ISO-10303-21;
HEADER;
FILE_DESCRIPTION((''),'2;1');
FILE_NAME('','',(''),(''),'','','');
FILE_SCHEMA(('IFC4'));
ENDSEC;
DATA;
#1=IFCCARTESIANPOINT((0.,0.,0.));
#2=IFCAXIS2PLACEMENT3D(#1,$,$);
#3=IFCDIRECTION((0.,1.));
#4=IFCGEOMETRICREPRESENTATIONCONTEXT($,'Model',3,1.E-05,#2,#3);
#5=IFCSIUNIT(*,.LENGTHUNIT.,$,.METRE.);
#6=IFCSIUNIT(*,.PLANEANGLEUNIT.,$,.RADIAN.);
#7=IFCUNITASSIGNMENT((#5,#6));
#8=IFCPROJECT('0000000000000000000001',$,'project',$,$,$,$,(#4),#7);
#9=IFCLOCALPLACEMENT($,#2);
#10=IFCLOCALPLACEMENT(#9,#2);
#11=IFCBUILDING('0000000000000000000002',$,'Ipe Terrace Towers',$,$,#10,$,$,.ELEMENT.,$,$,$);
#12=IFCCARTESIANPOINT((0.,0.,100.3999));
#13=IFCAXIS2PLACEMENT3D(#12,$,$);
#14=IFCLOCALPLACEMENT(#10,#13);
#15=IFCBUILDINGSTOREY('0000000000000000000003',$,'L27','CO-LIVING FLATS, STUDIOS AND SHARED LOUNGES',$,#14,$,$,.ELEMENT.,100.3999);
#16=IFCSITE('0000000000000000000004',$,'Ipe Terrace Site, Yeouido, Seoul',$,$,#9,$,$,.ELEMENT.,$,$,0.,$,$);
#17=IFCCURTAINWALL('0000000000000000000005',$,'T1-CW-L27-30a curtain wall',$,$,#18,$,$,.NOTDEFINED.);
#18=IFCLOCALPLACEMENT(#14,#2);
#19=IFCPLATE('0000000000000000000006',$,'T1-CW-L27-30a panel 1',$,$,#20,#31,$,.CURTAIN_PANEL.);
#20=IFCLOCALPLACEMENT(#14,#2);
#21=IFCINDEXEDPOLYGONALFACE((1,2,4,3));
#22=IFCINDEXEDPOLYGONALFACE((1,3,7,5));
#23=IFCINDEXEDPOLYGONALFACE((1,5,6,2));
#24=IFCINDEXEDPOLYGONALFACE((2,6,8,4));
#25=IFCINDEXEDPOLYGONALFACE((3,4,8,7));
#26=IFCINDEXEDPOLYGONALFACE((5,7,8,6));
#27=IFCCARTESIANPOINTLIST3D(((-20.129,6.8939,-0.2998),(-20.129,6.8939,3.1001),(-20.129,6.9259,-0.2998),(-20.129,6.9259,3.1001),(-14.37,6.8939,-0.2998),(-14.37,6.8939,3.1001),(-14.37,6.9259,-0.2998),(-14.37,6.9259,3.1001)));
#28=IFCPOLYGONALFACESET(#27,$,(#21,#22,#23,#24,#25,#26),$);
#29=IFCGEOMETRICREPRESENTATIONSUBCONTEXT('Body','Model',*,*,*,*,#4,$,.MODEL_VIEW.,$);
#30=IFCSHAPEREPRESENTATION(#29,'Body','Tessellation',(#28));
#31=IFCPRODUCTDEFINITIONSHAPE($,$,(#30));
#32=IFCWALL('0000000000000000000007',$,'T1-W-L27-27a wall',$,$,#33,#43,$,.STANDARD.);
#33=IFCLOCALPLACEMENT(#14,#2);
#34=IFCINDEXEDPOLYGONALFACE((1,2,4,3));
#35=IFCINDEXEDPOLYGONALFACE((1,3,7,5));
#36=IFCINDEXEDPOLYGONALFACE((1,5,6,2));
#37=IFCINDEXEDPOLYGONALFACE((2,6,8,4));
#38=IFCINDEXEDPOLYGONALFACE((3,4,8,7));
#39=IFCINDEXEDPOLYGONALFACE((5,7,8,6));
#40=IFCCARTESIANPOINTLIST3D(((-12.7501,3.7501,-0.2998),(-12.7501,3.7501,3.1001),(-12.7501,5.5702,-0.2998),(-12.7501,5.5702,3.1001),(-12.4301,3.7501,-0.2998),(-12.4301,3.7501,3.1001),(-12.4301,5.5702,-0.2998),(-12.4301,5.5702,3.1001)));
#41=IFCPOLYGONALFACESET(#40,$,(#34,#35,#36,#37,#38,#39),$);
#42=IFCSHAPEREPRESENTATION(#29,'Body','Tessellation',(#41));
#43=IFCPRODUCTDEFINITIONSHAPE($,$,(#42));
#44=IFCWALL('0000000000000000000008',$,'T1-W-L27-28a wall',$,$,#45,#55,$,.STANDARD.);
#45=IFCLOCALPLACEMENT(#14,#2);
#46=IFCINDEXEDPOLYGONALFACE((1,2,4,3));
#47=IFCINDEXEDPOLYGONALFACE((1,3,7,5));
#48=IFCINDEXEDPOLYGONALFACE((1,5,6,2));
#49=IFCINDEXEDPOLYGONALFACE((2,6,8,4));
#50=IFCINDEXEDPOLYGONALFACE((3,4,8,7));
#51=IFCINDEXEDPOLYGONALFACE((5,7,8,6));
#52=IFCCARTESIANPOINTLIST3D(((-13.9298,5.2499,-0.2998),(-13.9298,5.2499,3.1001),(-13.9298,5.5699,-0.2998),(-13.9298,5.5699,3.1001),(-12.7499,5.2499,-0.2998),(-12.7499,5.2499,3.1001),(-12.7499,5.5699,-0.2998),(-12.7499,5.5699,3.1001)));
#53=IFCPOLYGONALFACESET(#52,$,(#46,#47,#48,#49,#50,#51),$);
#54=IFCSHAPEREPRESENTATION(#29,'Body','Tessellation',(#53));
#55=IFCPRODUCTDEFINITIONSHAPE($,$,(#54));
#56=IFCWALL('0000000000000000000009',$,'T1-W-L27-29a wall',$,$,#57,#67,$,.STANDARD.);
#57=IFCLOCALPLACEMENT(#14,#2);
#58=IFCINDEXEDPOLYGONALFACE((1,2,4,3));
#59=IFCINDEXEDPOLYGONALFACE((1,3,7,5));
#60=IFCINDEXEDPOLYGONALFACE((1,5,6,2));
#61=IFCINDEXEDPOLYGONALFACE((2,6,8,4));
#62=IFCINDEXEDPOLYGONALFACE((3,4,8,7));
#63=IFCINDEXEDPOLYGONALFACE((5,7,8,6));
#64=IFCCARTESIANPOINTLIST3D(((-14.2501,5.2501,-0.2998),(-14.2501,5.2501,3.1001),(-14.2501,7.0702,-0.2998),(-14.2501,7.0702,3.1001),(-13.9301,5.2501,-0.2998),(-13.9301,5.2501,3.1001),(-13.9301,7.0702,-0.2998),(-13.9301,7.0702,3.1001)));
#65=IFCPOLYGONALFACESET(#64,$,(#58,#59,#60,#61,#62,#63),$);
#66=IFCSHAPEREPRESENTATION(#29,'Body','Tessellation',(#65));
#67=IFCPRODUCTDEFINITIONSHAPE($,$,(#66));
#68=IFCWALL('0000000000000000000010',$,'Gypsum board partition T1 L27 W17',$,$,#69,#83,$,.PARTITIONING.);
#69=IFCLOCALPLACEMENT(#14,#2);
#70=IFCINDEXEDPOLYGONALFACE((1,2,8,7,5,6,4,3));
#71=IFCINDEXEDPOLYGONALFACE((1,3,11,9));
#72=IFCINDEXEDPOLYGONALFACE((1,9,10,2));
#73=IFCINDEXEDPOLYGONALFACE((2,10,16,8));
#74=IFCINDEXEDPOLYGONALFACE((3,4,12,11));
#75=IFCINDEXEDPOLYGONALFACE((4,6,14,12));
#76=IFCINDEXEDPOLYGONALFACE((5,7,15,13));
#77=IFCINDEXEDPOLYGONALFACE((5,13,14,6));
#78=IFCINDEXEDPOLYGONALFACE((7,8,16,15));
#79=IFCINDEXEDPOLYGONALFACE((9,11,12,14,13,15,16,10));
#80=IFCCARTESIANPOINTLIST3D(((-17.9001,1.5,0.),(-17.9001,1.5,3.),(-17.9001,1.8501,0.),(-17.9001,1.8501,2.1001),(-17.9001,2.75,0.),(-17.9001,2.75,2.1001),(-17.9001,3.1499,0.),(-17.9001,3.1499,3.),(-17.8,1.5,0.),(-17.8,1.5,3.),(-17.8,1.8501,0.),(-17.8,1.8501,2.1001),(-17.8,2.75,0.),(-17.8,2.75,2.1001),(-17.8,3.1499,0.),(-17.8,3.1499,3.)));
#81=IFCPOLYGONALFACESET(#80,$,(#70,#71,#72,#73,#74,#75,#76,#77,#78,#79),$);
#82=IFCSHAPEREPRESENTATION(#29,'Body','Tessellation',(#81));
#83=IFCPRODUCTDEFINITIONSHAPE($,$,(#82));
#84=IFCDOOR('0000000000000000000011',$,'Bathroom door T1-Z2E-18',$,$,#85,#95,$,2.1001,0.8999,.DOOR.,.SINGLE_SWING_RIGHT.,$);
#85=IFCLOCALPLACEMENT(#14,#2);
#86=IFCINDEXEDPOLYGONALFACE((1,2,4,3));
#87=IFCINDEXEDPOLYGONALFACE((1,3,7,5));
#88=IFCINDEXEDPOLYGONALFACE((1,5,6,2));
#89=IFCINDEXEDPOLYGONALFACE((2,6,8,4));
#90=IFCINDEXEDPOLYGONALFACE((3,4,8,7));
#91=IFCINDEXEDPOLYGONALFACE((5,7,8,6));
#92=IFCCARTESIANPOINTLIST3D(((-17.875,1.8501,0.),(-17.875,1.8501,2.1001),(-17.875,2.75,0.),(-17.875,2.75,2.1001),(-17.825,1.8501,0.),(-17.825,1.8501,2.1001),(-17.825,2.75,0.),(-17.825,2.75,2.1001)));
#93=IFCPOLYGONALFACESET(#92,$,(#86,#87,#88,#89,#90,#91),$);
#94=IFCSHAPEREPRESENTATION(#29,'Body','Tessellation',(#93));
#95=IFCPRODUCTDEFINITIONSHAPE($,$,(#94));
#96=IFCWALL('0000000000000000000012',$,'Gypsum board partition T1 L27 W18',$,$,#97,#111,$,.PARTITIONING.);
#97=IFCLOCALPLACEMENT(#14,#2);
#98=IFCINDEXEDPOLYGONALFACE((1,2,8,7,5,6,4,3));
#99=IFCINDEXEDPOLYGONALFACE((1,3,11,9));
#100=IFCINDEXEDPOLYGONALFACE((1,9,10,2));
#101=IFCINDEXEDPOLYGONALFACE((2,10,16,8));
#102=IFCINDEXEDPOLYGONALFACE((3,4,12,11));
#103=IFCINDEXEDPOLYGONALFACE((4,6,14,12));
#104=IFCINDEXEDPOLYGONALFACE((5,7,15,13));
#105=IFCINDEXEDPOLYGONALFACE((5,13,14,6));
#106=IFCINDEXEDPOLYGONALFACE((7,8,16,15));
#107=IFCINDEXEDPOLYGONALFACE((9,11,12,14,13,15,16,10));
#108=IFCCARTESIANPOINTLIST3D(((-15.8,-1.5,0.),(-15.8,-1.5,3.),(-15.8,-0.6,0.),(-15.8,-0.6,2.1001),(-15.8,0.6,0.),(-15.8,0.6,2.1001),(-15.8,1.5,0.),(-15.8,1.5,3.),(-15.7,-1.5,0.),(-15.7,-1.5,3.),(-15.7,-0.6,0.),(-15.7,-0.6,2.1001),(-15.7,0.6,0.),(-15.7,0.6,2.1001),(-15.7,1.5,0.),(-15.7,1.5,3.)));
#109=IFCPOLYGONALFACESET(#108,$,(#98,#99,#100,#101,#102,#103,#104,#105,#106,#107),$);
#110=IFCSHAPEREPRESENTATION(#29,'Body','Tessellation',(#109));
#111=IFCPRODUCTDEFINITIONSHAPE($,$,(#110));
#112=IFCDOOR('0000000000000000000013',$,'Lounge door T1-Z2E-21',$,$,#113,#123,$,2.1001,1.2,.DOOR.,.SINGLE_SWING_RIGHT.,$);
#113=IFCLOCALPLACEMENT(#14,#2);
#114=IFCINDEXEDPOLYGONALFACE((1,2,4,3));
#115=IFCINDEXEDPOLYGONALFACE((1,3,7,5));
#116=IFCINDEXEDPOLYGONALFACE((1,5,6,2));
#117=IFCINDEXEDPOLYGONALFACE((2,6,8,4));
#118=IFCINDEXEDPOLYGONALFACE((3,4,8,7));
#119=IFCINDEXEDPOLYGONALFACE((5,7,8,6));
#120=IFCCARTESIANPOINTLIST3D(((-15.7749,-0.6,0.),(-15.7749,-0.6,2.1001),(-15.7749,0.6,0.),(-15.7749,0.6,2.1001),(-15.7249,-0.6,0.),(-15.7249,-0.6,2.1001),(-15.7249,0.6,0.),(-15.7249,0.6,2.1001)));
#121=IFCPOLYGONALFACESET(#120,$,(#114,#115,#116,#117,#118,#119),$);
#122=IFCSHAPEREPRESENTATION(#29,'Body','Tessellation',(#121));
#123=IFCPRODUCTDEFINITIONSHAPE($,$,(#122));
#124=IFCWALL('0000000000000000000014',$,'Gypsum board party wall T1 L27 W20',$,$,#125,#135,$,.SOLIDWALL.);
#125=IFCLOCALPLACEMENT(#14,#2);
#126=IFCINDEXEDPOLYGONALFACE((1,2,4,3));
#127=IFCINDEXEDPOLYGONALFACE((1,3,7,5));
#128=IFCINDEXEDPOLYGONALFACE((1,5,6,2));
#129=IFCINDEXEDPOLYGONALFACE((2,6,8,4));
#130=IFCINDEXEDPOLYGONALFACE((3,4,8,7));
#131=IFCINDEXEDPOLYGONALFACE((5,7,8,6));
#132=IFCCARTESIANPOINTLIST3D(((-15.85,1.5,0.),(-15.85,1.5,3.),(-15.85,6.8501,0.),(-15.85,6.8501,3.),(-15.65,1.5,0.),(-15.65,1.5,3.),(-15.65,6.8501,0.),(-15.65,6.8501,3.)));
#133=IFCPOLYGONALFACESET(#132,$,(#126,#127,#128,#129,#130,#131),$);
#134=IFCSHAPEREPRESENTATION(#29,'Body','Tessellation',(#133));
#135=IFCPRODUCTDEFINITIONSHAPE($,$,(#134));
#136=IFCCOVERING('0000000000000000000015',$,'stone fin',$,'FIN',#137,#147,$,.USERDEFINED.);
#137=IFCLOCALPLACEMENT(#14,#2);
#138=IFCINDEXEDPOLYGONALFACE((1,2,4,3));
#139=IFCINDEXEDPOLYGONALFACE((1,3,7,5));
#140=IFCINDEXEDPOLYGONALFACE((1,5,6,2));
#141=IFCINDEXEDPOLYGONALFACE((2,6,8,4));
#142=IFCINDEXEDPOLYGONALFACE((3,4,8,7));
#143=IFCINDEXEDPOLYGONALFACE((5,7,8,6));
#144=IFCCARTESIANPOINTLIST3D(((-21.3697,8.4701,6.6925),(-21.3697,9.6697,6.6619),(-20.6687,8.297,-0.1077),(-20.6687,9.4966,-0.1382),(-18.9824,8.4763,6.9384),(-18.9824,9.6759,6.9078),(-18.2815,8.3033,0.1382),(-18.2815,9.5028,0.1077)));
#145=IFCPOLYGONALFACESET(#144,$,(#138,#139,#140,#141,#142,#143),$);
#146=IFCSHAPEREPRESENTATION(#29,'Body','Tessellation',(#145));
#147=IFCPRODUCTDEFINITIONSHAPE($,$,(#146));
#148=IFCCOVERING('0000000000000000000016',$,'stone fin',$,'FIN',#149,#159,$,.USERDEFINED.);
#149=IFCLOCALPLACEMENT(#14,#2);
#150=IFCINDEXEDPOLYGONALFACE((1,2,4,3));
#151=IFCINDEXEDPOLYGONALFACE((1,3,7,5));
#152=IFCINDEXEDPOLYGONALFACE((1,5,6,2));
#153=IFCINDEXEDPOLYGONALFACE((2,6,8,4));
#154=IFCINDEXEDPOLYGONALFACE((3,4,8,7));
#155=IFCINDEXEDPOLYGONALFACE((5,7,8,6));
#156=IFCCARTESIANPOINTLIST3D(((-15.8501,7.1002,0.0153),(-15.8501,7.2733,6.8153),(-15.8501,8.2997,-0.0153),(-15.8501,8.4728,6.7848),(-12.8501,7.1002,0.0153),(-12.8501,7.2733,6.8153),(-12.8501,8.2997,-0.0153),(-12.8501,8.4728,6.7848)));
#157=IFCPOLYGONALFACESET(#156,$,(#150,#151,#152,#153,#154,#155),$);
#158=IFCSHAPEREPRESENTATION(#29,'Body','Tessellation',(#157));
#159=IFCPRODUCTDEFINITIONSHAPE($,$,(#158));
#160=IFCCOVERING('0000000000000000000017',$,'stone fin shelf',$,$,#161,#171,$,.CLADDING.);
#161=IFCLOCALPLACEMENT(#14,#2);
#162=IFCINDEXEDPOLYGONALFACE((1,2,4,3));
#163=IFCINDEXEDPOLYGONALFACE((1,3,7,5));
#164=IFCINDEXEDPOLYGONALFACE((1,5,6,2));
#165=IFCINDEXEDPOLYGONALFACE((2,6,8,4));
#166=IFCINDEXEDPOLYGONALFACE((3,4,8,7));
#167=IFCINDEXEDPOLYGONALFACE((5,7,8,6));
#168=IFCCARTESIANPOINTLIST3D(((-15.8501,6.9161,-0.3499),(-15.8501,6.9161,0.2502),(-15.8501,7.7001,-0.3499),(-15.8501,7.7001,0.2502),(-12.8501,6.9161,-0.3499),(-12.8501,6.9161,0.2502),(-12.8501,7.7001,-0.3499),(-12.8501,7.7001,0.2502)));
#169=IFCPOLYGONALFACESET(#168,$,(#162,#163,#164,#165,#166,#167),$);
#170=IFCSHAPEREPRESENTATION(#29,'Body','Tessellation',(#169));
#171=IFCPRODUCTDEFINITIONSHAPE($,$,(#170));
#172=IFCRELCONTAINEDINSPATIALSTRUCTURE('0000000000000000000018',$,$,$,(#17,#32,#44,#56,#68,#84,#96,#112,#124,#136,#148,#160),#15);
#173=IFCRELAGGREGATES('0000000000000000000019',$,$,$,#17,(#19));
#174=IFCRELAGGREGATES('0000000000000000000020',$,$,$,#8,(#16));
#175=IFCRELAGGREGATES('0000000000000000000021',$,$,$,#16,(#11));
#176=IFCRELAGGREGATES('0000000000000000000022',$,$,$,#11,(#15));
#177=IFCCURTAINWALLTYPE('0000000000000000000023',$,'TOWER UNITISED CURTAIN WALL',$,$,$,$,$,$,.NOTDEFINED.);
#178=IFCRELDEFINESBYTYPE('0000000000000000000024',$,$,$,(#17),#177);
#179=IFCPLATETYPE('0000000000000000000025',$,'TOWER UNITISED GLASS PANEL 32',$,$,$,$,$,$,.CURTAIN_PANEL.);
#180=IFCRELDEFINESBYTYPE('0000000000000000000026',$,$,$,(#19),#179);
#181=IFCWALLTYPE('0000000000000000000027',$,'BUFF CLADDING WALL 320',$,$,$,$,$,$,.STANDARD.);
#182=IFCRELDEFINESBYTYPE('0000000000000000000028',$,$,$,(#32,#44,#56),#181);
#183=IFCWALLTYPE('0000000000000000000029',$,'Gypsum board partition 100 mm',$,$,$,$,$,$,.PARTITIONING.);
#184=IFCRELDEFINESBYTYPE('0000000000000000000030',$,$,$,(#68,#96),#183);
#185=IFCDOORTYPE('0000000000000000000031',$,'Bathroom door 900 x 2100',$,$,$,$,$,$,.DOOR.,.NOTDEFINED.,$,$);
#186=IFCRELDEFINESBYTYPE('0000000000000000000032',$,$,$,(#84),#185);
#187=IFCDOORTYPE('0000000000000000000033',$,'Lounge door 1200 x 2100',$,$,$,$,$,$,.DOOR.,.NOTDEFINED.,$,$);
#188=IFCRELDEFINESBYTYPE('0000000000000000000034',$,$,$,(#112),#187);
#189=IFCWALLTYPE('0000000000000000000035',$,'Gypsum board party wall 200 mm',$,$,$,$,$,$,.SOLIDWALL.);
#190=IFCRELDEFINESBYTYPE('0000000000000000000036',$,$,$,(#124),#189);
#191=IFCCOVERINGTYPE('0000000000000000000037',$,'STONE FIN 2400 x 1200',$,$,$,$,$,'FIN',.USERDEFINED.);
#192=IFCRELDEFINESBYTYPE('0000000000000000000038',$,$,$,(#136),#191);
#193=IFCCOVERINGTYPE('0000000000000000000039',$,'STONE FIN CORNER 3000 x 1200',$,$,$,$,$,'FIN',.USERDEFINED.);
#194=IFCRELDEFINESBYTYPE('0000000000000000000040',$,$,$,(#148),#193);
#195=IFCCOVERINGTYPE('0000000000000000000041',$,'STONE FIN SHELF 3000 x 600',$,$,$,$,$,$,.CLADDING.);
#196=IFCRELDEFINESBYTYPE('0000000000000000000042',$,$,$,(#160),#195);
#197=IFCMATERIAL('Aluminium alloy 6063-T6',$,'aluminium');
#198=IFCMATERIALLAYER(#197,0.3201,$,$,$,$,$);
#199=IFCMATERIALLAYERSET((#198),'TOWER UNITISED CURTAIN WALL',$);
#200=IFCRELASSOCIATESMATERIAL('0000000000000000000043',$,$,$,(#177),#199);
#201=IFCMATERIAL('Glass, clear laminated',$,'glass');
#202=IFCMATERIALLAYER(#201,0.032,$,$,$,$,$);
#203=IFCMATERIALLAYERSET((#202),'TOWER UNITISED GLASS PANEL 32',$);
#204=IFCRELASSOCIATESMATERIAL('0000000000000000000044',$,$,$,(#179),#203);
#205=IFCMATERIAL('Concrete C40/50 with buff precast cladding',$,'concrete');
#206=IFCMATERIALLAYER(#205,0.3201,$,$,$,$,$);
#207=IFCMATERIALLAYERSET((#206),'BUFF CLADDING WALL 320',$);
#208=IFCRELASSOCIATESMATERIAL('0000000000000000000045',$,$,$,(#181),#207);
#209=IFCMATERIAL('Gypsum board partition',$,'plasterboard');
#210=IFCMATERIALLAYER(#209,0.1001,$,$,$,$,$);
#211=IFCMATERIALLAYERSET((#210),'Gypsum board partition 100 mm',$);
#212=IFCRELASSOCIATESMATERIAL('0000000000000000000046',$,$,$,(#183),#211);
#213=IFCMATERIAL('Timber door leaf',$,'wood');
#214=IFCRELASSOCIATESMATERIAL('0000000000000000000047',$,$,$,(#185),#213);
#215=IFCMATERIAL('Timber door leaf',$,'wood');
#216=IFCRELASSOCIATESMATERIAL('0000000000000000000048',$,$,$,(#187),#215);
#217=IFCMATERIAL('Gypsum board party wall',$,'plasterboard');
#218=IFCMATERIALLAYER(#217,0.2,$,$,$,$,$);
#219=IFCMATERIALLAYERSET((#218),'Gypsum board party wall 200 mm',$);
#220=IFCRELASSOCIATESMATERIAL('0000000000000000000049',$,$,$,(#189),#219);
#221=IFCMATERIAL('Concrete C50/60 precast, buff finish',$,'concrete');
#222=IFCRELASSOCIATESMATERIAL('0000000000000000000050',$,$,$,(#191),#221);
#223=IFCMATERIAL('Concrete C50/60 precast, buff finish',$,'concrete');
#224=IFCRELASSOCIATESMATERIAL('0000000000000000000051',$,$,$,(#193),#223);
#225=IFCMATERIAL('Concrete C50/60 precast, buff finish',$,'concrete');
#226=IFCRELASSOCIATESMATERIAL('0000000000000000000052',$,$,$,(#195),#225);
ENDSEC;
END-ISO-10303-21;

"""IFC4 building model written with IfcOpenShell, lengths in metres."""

from ifc_helpers import new_model, si_unit, direction, frame, frame_2d, origin, origin_2d, place, context, subcontext, project, spatial, rectangle, extrude, material, layer, layer_set, material_profile, profile_set, type_object, element, fill, aggregate, save


model = new_model("IFC4")

# Units and contexts
model_context = context("Model", 3, precision=1e-05, world=origin(), true_north=direction((0.0, 1.0)))
body_context = subcontext(model_context, "Body", "Model", "MODEL_VIEW")
ifc_project = project(units=[si_unit("LENGTHUNIT", "METRE"), si_unit("PLANEANGLEUNIT", "RADIAN")], contexts=[model_context])

# Site, building, storey
site_placement = place(None, origin())
site = spatial("IfcSite", under=ifc_project, at=site_placement, Name="Ipe Terrace Site, Yeouido, Seoul", CompositionType="ELEMENT", RefElevation=0.0)
building_placement = place(site_placement, origin())
building = spatial("IfcBuilding", under=site, at=building_placement, Name="Ipe Terrace Towers", CompositionType="ELEMENT")
storey_placement = place(building_placement, frame((0.0, 0.0, 100.3999)))
storey = spatial("IfcBuildingStorey", under=building, at=storey_placement, Name="L27", Description="CO-LIVING FLATS, STUDIOS AND SHARED LOUNGES", CompositionType="ELEMENT", Elevation=100.3999)

# Curtain wall
ifc_material_1 = material(Name="Aluminium alloy 6063-T6", Category="aluminium")
ifc_layer_1 = layer(ifc_material_1, 0.3201)
ifc_layer_set_1 = layer_set([ifc_layer_1], Name="TOWER UNITISED CURTAIN WALL")
curtain_wall_type = type_object("IfcCurtainWallType", Name="TOWER UNITISED CURTAIN WALL", PredefinedType="NOTDEFINED", material=ifc_layer_set_1)
curtain_wall_1_placement = place(storey_placement, origin())
curtain_wall_1 = element("IfcCurtainWall", 1, at=curtain_wall_1_placement, inside=storey, type_object=curtain_wall_type, Name="T1-CW-L27-30a curtain wall", PredefinedType="NOTDEFINED")

# Plate
ifc_material_2 = material(Name="Glass, clear laminated", Category="glass")
ifc_layer_2 = layer(ifc_material_2, 0.032)
ifc_layer_set_2 = layer_set([ifc_layer_2], Name="TOWER UNITISED GLASS PANEL 32")
plate_type = type_object("IfcPlateType", Name="TOWER UNITISED GLASS PANEL 32", PredefinedType="CURTAIN_PANEL", material=ifc_layer_set_2)
plate_placement = place(storey_placement, frame((-17.2495, 6.9099, -0.2998), z_axis=(0.0, 0.0, 1.0), x_axis=(-1.0, 0.0, 0.0)))
plate = element("IfcPlate", 2, at=plate_placement, type_object=plate_type, Name="T1-CW-L27-30a panel 1", PredefinedType="CURTAIN_PANEL", context=body_context, shape_type="SweptSolid", body=[
    extrude(rectangle(XDim=5.759, YDim=0.032, at=origin_2d()), origin(), (0.0, 0.0, 1.0), 3.3999),
])
aggregate(curtain_wall_1, [plate])

# Walls
ifc_material_3 = material(Name="Concrete C40/50 with buff precast cladding", Category="concrete")
ifc_layer_3 = layer(ifc_material_3, 0.3201)
ifc_layer_set_3 = layer_set([ifc_layer_3], Name="BUFF CLADDING WALL 320")
wall_type_1 = type_object("IfcWallType", Name="BUFF CLADDING WALL 320", PredefinedType="STANDARD", material=ifc_layer_set_3)
wall_1_placement = place(storey_placement, frame((-12.5901, 3.75, -0.2998), z_axis=(0.0, 0.0, 1.0), x_axis=(0.0, 1.0, 0.0)))
element("IfcWall", 3, at=wall_1_placement, inside=storey, type_object=wall_type_1, Name="T1-W-L27-27a wall", PredefinedType="STANDARD", context=body_context, shape_type="SweptSolid", body=[
    extrude(rectangle(XDim=1.8201, YDim=0.3201, at=frame_2d((0.9102, 0.0))), origin(), (0.0, 0.0, 1.0), 3.3999),
])
wall_2_placement = place(storey_placement, frame((-12.75, 5.4099, -0.2998), z_axis=(0.0, 0.0, 1.0), x_axis=(-1.0, 0.0, 0.0)))
element("IfcWall", 4, at=wall_2_placement, inside=storey, type_object=wall_type_1, Name="T1-W-L27-28a wall", PredefinedType="STANDARD", context=body_context, shape_type="SweptSolid", body=[
    extrude(rectangle(XDim=1.1799, YDim=0.3201, at=frame_2d((0.5898, 0.0))), origin(), (0.0, 0.0, 1.0), 3.3999),
])
wall_3_placement = place(storey_placement, frame((-14.0901, 5.25, -0.2998), z_axis=(0.0, 0.0, 1.0), x_axis=(0.0, 1.0, 0.0)))
element("IfcWall", 5, at=wall_3_placement, inside=storey, type_object=wall_type_1, Name="T1-W-L27-29a wall", PredefinedType="STANDARD", context=body_context, shape_type="SweptSolid", body=[
    extrude(rectangle(XDim=1.8201, YDim=0.3201, at=frame_2d((0.9102, 0.0))), origin(), (0.0, 0.0, 1.0), 3.3999),
])

# Walls, openings, doors
ifc_material_4 = material(Name="Gypsum board partition", Category="plasterboard")
ifc_layer_4 = layer(ifc_material_4, 0.1001)
ifc_layer_set_4 = layer_set([ifc_layer_4], Name="Gypsum board partition 100 mm")
wall_type_2 = type_object("IfcWallType", Name="Gypsum board partition 100 mm", PredefinedType="PARTITIONING", material=ifc_layer_set_4)
wall_4_placement = place(storey_placement, frame((-17.8501, 1.5, 0.0), z_axis=(0.0, 0.0, 1.0), x_axis=(0.0, 1.0, 0.0)))
wall_4 = element("IfcWall", 6, at=wall_4_placement, inside=storey, type_object=wall_type_2, Name="Gypsum board partition T1 L27 W17", PredefinedType="PARTITIONING", context=body_context, shape_type="SweptSolid", body=[
    extrude(rectangle(XDim=1.6499, YDim=0.1001, at=frame_2d((0.825, 0.0))), origin(), (0.0, 0.0, 1.0), 3.0),
])
opening_1_placement = place(wall_4_placement, frame((0.3501, 0.0, 0.0)))
opening_1 = element("IfcOpeningElement", 7, at=opening_1_placement, cuts=wall_4, PredefinedType="OPENING", context=body_context, shape_type="SweptSolid", body=[
    extrude(rectangle(XDim=0.8999, YDim=2.1001, at=frame_2d((0.45, 1.05))), frame((0.0, 0.0601, 0.0), z_axis=(0.0, -1.0, 0.0), x_axis=(1.0, 0.0, 0.0)), (0.0, 0.0, 1.0), 0.1201),
])
ifc_material_5 = material(Name="Timber door leaf", Category="wood")
door_type_1 = type_object("IfcDoorType", Name="Bathroom door 900 x 2100", OperationType="NOTDEFINED", PredefinedType="DOOR", material=ifc_material_5)
door_1_placement = place(opening_1_placement, origin())
door_1 = element("IfcDoor", 8, at=door_1_placement, inside=storey, type_object=door_type_1, Name="Bathroom door T1-Z2E-18", OperationType="SINGLE_SWING_RIGHT", OverallHeight=2.1001, OverallWidth=0.8999, PredefinedType="DOOR", context=body_context, shape_type="SweptSolid", body=[
    extrude(rectangle(XDim=0.8999, YDim=2.1001, at=frame_2d((0.45, 1.05))), frame((0.0, 0.0249, 0.0), z_axis=(0.0, -1.0, 0.0), x_axis=(1.0, 0.0, 0.0)), (0.0, 0.0, 1.0), 0.05),
])
fill(opening_1, door_1)
wall_5_placement = place(storey_placement, frame((-15.75, -1.5, 0.0), z_axis=(0.0, 0.0, 1.0), x_axis=(0.0, 1.0, 0.0)))
wall_5 = element("IfcWall", 9, at=wall_5_placement, inside=storey, type_object=wall_type_2, Name="Gypsum board partition T1 L27 W18", PredefinedType="PARTITIONING", context=body_context, shape_type="SweptSolid", body=[
    extrude(rectangle(XDim=3.0, YDim=0.1001, at=frame_2d((1.5, 0.0))), origin(), (0.0, 0.0, 1.0), 3.0),
])
opening_2_placement = place(wall_5_placement, frame((0.8999, 0.0, 0.0)))
opening_2 = element("IfcOpeningElement", 10, at=opening_2_placement, cuts=wall_5, PredefinedType="OPENING", context=body_context, shape_type="SweptSolid", body=[
    extrude(rectangle(XDim=1.2, YDim=2.1001, at=frame_2d((0.6001, 1.05))), frame((0.0, 0.0601, 0.0), z_axis=(0.0, -1.0, 0.0), x_axis=(1.0, 0.0, 0.0)), (0.0, 0.0, 1.0), 0.1201),
])
ifc_material_6 = material(Name="Timber door leaf", Category="wood")
door_type_2 = type_object("IfcDoorType", Name="Lounge door 1200 x 2100", OperationType="NOTDEFINED", PredefinedType="DOOR", material=ifc_material_6)
door_2_placement = place(opening_2_placement, origin())
door_2 = element("IfcDoor", 11, at=door_2_placement, inside=storey, type_object=door_type_2, Name="Lounge door T1-Z2E-21", OperationType="SINGLE_SWING_RIGHT", OverallHeight=2.1001, OverallWidth=1.2, PredefinedType="DOOR", context=body_context, shape_type="SweptSolid", body=[
    extrude(rectangle(XDim=1.2, YDim=2.1001, at=frame_2d((0.6001, 1.05))), frame((0.0, 0.0249, 0.0), z_axis=(0.0, -1.0, 0.0), x_axis=(1.0, 0.0, 0.0)), (0.0, 0.0, 1.0), 0.05),
])
fill(opening_2, door_2)

# Wall
ifc_material_7 = material(Name="Gypsum board party wall", Category="plasterboard")
ifc_layer_5 = layer(ifc_material_7, 0.2)
ifc_layer_set_5 = layer_set([ifc_layer_5], Name="Gypsum board party wall 200 mm")
wall_type_3 = type_object("IfcWallType", Name="Gypsum board party wall 200 mm", PredefinedType="SOLIDWALL", material=ifc_layer_set_5)
wall_6_placement = place(storey_placement, frame((-15.75, 1.5, 0.0), z_axis=(0.0, 0.0, 1.0), x_axis=(0.0, 1.0, 0.0)))
element("IfcWall", 12, at=wall_6_placement, inside=storey, type_object=wall_type_3, Name="Gypsum board party wall T1 L27 W20", PredefinedType="SOLIDWALL", context=body_context, shape_type="SweptSolid", body=[
    extrude(rectangle(XDim=5.3501, YDim=0.2, at=frame_2d((2.675, 0.0))), origin(), (0.0, 0.0, 1.0), 3.0),
])

# Coverings
ifc_material_8 = material(Name="Concrete C50/60 precast, buff finish", Category="concrete")
ifc_material_profile_1 = material_profile(ifc_material_8, rectangle(XDim=2.3999, YDim=1.2, at=origin_2d()), Name="STONE FIN 2400 x 1200")
ifc_profile_set_1 = profile_set([ifc_material_profile_1], Name="Concrete C50/60 precast, buff finish")
covering_type_1 = type_object("IfcCoveringType", Name="STONE FIN 2400 x 1200", ElementType="FIN", PredefinedType="USERDEFINED", material=ifc_profile_set_1)
covering_1_placement = place(storey_placement, frame((-19.4751, 8.8999, 0.0), z_axis=(-0.102501, 0.025313, 0.994411), x_axis=(-0.994733, -0.002608, -0.102468)))
element("IfcCovering", 13, at=covering_1_placement, inside=storey, type_object=covering_type_1, Name="stone fin", ObjectType="FIN", PredefinedType="USERDEFINED", context=body_context, shape_type="SweptSolid", body=[
    extrude(rectangle(XDim=2.3999, YDim=1.2, at=origin_2d()), origin(), (0.0, 0.0, 1.0), 6.8384),
])
ifc_material_9 = material(Name="Concrete C50/60 precast, buff finish", Category="concrete")
ifc_material_profile_2 = material_profile(ifc_material_9, rectangle(XDim=3.0, YDim=1.2, at=origin_2d()), Name="STONE FIN CORNER 3000 x 1200")
ifc_profile_set_2 = profile_set([ifc_material_profile_2], Name="Concrete C50/60 precast, buff finish")
covering_type_2 = type_object("IfcCoveringType", Name="STONE FIN CORNER 3000 x 1200", ElementType="FIN", PredefinedType="USERDEFINED", material=ifc_profile_set_2)
covering_2_placement = place(storey_placement, frame((-14.3501, 7.7, 0.0), z_axis=(0.0, 0.025447, 0.999676), x_axis=(-1.0, 0.0, 0.0)))
element("IfcCovering", 14, at=covering_2_placement, inside=storey, type_object=covering_type_2, Name="stone fin", ObjectType="FIN", PredefinedType="USERDEFINED", context=body_context, shape_type="SweptSolid", body=[
    extrude(rectangle(XDim=3.0, YDim=1.2, at=origin_2d()), origin(), (0.0, 0.0, 1.0), 6.8022),
])
ifc_material_10 = material(Name="Concrete C50/60 precast, buff finish", Category="concrete")
covering_type_3 = type_object("IfcCoveringType", Name="STONE FIN SHELF 3000 x 600", PredefinedType="CLADDING", material=ifc_material_10)
covering_3_placement = place(storey_placement, frame((-14.3501, 7.3081, -0.3499), z_axis=(0.0, 0.0, 1.0), x_axis=(-1.0, 0.0, 0.0)))
element("IfcCovering", 15, at=covering_3_placement, inside=storey, type_object=covering_type_3, Name="stone fin shelf", PredefinedType="CLADDING", context=body_context, shape_type="SweptSolid", body=[
    extrude(rectangle(XDim=3.0, YDim=0.7839, at=origin_2d()), origin(), (0.0, 0.0, 1.0), 0.6001),
])

save(model, "model.ifc")
